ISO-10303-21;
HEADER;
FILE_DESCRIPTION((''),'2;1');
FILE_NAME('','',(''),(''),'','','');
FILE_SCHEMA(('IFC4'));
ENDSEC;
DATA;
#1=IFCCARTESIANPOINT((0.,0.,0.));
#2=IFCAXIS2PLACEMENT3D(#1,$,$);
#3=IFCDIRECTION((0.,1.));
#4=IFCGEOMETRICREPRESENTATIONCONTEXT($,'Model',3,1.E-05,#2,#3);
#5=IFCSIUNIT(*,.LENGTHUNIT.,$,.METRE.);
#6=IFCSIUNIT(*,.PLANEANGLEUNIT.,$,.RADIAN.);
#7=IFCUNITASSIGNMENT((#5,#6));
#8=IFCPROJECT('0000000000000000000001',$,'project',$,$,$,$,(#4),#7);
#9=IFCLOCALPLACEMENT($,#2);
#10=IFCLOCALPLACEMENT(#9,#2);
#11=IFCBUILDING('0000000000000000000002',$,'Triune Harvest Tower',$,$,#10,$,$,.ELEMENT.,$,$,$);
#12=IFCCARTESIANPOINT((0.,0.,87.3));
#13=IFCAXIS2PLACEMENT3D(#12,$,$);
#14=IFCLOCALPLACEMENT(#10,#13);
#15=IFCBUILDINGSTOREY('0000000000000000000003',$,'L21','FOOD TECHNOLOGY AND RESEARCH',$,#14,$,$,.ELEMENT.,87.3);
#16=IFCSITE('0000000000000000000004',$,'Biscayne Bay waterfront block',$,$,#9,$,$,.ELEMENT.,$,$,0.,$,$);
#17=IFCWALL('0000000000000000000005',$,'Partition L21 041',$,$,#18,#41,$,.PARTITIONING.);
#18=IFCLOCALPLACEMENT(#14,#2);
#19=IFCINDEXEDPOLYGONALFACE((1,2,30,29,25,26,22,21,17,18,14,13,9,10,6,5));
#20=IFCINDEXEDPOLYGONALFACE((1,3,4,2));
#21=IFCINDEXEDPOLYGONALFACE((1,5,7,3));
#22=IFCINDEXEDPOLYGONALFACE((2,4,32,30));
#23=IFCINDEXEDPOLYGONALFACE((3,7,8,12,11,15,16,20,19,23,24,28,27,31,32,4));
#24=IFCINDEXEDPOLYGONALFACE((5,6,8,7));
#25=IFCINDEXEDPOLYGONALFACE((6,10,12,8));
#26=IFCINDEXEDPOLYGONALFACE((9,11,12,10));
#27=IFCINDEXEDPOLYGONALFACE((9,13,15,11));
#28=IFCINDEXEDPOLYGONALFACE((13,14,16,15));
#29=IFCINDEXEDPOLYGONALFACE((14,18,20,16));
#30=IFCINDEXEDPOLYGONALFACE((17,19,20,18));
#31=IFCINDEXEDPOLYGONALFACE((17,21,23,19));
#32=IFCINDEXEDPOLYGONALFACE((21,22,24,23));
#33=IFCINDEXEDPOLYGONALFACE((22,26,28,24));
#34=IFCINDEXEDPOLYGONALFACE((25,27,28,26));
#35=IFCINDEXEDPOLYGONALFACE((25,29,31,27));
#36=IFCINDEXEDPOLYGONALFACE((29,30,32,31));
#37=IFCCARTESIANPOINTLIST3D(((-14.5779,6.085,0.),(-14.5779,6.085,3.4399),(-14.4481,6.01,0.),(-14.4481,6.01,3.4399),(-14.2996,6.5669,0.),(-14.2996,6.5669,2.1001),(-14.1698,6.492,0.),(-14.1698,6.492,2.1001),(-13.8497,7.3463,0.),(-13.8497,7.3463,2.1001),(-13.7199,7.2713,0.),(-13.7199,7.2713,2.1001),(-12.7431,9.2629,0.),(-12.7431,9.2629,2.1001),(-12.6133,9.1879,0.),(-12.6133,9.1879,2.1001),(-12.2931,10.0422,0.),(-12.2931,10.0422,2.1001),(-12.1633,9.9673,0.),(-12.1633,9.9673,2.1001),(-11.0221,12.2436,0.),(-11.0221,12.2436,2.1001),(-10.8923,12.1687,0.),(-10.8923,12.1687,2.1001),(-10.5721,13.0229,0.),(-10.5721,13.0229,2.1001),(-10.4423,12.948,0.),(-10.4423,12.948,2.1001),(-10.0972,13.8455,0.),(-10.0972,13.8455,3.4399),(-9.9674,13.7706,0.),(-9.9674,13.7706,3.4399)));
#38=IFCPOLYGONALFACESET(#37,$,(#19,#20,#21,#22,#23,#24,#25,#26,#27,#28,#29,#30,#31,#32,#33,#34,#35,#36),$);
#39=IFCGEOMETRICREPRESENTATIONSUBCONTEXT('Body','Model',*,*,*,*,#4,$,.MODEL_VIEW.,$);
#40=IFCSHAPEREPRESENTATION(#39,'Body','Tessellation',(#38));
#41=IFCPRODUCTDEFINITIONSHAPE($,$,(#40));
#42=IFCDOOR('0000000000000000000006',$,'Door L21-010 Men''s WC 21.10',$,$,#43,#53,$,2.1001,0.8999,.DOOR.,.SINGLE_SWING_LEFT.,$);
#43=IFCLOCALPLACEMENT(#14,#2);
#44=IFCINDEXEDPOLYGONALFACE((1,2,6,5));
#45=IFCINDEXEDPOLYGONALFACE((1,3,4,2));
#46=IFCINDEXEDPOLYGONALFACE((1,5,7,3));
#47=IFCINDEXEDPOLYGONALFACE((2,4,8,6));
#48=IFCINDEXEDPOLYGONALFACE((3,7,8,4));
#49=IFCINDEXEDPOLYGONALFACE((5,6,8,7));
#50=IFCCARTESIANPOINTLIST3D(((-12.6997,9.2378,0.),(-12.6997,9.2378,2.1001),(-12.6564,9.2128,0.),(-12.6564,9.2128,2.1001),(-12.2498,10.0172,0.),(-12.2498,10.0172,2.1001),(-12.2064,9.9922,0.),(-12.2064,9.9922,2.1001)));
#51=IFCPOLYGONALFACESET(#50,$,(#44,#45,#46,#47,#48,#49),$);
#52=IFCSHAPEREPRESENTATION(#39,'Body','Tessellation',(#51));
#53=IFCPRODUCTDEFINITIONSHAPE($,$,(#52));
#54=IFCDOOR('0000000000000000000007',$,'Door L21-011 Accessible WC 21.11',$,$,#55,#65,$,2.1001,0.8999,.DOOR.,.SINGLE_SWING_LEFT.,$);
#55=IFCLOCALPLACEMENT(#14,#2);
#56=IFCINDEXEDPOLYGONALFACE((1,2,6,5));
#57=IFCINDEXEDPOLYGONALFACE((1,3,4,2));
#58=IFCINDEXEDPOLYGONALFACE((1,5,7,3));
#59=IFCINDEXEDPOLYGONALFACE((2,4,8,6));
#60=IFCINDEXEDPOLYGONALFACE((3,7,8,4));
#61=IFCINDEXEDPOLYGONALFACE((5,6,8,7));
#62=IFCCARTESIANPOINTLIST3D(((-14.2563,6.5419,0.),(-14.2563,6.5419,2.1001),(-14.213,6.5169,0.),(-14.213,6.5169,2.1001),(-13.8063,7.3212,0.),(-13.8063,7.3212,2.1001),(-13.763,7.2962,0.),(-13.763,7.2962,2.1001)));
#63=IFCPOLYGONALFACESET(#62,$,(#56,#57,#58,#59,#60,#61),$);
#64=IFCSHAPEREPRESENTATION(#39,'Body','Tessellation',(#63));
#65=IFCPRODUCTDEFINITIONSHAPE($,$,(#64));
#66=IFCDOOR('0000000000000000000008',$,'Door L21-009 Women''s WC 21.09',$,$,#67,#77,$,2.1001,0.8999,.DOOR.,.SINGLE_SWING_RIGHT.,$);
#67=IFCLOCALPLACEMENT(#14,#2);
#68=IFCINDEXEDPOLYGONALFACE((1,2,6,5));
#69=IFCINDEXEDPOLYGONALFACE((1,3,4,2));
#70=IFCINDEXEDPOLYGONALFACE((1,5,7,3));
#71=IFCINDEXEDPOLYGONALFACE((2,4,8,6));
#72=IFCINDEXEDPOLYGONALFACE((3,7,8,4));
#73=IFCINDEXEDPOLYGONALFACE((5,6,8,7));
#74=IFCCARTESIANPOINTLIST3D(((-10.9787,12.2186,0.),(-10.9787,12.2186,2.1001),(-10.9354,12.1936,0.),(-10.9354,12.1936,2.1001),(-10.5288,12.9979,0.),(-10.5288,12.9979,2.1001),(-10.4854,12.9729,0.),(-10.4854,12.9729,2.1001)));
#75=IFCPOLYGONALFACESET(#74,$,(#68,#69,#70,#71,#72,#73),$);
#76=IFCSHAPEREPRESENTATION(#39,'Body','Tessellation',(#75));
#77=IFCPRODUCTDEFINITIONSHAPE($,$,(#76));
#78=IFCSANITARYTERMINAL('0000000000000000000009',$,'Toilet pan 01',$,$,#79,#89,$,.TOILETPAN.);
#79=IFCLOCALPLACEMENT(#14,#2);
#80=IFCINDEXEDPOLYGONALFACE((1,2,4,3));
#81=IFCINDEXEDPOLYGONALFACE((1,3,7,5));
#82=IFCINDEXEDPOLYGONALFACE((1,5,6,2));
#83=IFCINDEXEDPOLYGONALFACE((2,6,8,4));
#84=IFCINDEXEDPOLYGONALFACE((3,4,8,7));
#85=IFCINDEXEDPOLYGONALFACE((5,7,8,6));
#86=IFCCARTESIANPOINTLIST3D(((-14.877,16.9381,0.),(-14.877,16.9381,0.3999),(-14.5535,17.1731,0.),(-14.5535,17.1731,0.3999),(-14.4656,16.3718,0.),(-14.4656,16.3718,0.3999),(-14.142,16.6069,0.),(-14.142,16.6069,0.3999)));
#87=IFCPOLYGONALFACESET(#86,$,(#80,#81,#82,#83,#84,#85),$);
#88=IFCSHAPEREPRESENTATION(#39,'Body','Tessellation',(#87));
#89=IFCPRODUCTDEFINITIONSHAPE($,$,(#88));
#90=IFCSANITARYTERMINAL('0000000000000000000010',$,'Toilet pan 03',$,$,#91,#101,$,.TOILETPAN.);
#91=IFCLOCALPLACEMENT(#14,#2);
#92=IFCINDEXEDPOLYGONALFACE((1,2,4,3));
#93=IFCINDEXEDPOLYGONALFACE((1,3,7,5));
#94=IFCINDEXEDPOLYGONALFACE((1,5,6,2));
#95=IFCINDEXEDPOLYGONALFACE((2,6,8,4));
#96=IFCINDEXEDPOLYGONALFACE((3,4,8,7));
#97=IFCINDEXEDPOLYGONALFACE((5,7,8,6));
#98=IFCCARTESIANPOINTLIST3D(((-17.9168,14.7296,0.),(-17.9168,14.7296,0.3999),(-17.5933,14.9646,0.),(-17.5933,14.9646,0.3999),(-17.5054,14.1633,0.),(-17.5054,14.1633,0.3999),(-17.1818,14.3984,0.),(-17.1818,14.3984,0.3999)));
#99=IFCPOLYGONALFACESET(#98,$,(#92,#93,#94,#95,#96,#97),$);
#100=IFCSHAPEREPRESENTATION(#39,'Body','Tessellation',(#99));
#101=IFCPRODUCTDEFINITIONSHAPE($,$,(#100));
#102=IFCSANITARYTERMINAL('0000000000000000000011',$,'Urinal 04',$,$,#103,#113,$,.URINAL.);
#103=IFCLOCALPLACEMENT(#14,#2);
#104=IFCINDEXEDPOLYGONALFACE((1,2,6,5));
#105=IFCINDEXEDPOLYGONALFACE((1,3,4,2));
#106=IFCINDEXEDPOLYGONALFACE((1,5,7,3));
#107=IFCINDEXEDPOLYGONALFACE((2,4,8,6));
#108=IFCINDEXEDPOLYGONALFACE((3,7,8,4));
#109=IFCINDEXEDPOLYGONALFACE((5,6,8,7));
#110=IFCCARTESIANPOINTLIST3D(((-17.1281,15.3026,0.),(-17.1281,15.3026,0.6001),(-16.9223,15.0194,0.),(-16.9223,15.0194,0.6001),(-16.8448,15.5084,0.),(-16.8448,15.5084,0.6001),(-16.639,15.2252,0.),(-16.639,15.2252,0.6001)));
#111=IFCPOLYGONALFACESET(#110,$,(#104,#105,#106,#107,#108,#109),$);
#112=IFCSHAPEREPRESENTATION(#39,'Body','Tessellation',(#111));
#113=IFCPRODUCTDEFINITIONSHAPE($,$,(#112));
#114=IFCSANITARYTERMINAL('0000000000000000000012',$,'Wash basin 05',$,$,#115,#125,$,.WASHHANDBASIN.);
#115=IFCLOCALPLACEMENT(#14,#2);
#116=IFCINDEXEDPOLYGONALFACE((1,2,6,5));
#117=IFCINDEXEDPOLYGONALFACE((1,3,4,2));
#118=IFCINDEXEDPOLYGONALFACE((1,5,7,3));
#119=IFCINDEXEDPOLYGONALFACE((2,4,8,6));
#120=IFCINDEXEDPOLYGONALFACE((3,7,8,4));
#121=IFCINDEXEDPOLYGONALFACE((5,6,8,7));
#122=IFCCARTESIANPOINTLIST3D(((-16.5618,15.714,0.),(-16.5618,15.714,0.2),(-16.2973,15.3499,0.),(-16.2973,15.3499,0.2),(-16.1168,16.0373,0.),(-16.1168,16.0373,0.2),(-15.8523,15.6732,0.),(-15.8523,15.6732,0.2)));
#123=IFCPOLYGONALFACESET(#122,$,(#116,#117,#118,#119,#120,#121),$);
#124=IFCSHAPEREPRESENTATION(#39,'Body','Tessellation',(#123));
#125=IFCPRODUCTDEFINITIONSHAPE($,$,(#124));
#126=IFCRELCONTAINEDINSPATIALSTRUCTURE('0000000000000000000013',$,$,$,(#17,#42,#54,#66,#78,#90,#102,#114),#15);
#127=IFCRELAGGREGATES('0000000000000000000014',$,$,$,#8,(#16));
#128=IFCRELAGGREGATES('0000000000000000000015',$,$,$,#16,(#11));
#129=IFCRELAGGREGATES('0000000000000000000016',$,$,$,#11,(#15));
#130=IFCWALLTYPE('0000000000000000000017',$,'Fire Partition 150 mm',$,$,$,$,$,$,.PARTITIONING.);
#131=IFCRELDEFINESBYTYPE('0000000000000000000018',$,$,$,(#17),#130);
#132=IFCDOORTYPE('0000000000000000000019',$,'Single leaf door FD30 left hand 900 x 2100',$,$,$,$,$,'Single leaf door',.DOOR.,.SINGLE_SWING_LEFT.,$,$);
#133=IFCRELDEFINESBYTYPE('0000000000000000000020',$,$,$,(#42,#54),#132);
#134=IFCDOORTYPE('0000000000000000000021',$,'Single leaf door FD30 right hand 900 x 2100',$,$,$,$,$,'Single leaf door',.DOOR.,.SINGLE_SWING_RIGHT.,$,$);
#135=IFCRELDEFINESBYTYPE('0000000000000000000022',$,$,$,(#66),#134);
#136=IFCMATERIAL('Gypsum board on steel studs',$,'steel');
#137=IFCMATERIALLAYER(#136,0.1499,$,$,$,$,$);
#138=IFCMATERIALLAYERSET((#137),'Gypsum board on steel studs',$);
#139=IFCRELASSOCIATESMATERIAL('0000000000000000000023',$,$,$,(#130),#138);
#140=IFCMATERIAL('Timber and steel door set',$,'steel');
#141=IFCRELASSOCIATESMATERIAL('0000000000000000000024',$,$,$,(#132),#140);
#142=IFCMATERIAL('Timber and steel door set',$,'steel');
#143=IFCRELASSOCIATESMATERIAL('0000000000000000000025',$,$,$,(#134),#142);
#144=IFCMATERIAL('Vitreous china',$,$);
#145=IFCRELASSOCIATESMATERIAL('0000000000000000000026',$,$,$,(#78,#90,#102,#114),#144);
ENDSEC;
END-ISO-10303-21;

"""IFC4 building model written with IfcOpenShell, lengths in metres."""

from ifc_helpers import new_model, si_unit, direction, frame, frame_2d, origin, origin_2d, place, context, subcontext, project, spatial, rectangle, extrude, source, transform, mapped, material, layer, layer_set, type_object, element, fill, save


model = new_model("IFC4")

# Units and contexts
model_context = context("Model", 3, precision=1e-05, world=origin(), true_north=direction((0.0, 1.0)))
body_context = subcontext(model_context, "Body", "Model", "MODEL_VIEW")
ifc_project = project(units=[si_unit("LENGTHUNIT", "METRE"), si_unit("PLANEANGLEUNIT", "RADIAN")], contexts=[model_context])

# Site, building, storey
site_placement = place(None, origin())
site = spatial("IfcSite", under=ifc_project, at=site_placement, Name="Biscayne Bay waterfront block", CompositionType="ELEMENT", RefElevation=0.0)
building_placement = place(site_placement, origin())
building = spatial("IfcBuilding", under=site, at=building_placement, Name="Triune Harvest Tower", CompositionType="ELEMENT")
storey_placement = place(building_placement, frame((0.0, 0.0, 87.3)))
storey = spatial("IfcBuildingStorey", under=building, at=storey_placement, Name="L21", Description="FOOD TECHNOLOGY AND RESEARCH", CompositionType="ELEMENT", Elevation=87.3)

# Shared definitions
ifc_material_1 = material(Name="Gypsum board on steel studs", Category="steel")
ifc_layer = layer(ifc_material_1, 0.1499)
ifc_layer_set = layer_set([ifc_layer], Name="Gypsum board on steel studs")
wall_type = type_object("IfcWallType", Name="Fire Partition 150 mm", PredefinedType="PARTITIONING", material=ifc_layer_set)

# Shared definitions
ifc_material_2 = material(Name="Timber and steel door set", Category="steel")
door_type_1 = type_object("IfcDoorType", Name="Single leaf door FD30 left hand 900 x 2100", ElementType="Single leaf door", OperationType="SINGLE_SWING_LEFT", PredefinedType="DOOR", material=ifc_material_2)

# Wall, openings, doors
wall_1_placement = place(storey_placement, frame((-14.5129, 6.0476, 0.0), z_axis=(0.0, 0.0, 1.0), x_axis=(0.500016, 0.866016, 0.0)))
wall_1 = element("IfcWall", 1, at=wall_1_placement, inside=storey, type_object=wall_type, Name="Partition L21 041", PredefinedType="PARTITIONING", context=body_context, shape_type="SweptSolid", body=[
    extrude(rectangle(XDim=8.9612, YDim=0.1499, at=frame_2d((4.4805, 0.0))), origin(), (0.0, 0.0, 1.0), 3.4399),
])
opening_1_placement = place(wall_1_placement, frame((7.1113, 0.0, 0.0)))
opening_1 = element("IfcOpeningElement", 2, at=opening_1_placement, cuts=wall_1, PredefinedType="OPENING", context=body_context, shape_type="SweptSolid", body=[
    extrude(rectangle(XDim=0.8999, YDim=2.1001, at=frame_2d((0.45, 1.05))), frame((0.0, 0.085, 0.0), z_axis=(0.0, -1.0, 0.0), x_axis=(1.0, 0.0, 0.0)), (0.0, 0.0, 1.0), 0.1699),
])
opening_2_placement = place(wall_1_placement, frame((3.6694, 0.0, 0.0)))
opening_2 = element("IfcOpeningElement", 3, at=opening_2_placement, cuts=wall_1, PredefinedType="OPENING", context=body_context, shape_type="SweptSolid", body=[
    extrude(rectangle(XDim=0.8999, YDim=2.1001, at=frame_2d((0.45, 1.05))), frame((0.0, 0.085, 0.0), z_axis=(0.0, -1.0, 0.0), x_axis=(1.0, 0.0, 0.0)), (0.0, 0.0, 1.0), 0.1699),
])
opening_3_placement = place(wall_1_placement, frame((0.5564, 0.0, 0.0)))
opening_3 = element("IfcOpeningElement", 4, at=opening_3_placement, cuts=wall_1, PredefinedType="OPENING", context=body_context, shape_type="SweptSolid", body=[
    extrude(rectangle(XDim=0.8999, YDim=2.1001, at=frame_2d((0.45, 1.05))), frame((0.0, 0.085, 0.0), z_axis=(0.0, -1.0, 0.0), x_axis=(1.0, 0.0, 0.0)), (0.0, 0.0, 1.0), 0.1699),
])
door_1_placement = place(opening_2_placement, origin())
door_1 = element("IfcDoor", 5, at=door_1_placement, inside=storey, type_object=door_type_1, Name="Door L21-010 Men's WC 21.10", OperationType="SINGLE_SWING_LEFT", OverallHeight=2.1001, OverallWidth=0.8999, PredefinedType="DOOR", context=body_context, shape_type="SweptSolid", body=[
    extrude(rectangle(XDim=0.8999, YDim=2.1001, at=frame_2d((0.45, 1.05))), frame((0.0, 0.0249, 0.0), z_axis=(0.0, -1.0, 0.0), x_axis=(1.0, 0.0, 0.0)), (0.0, 0.0, 1.0), 0.05),
])
fill(opening_2, door_1)
door_2_placement = place(opening_3_placement, origin())
door_2 = element("IfcDoor", 6, at=door_2_placement, inside=storey, type_object=door_type_1, Name="Door L21-011 Accessible WC 21.11", OperationType="SINGLE_SWING_LEFT", OverallHeight=2.1001, OverallWidth=0.8999, PredefinedType="DOOR", context=body_context, shape_type="SweptSolid", body=[
    extrude(rectangle(XDim=0.8999, YDim=2.1001, at=frame_2d((0.45, 1.05))), frame((0.0, 0.0249, 0.0), z_axis=(0.0, -1.0, 0.0), x_axis=(1.0, 0.0, 0.0)), (0.0, 0.0, 1.0), 0.05),
])
fill(opening_3, door_2)
ifc_material_3 = material(Name="Timber and steel door set", Category="steel")
door_type_2 = type_object("IfcDoorType", Name="Single leaf door FD30 right hand 900 x 2100", ElementType="Single leaf door", OperationType="SINGLE_SWING_RIGHT", PredefinedType="DOOR", material=ifc_material_3)
door_3_placement = place(opening_1_placement, origin())
door_3 = element("IfcDoor", 7, at=door_3_placement, inside=storey, type_object=door_type_2, Name="Door L21-009 Women's WC 21.09", OperationType="SINGLE_SWING_RIGHT", OverallHeight=2.1001, OverallWidth=0.8999, PredefinedType="DOOR", context=body_context, shape_type="SweptSolid", body=[
    extrude(rectangle(XDim=0.8999, YDim=2.1001, at=frame_2d((0.45, 1.05))), frame((0.0, 0.0249, 0.0), z_axis=(0.0, -1.0, 0.0), x_axis=(1.0, 0.0, 0.0)), (0.0, 0.0, 1.0), 0.05),
])
fill(opening_1, door_3)

# Sanitary terminals
ifc_material_4 = material(Name="Vitreous china")
shared_shape_1 = source(origin(), body_context, "Body", "SweptSolid", [
    extrude(rectangle(XDim=0.3999, YDim=0.7, at=origin_2d()), origin(), (0.0, 0.0, 1.0), 0.3999),
])
for number, where, z_axis, x_axis, name in (
    (8, (-14.5095, 16.7725, 0.0), (0.0, 0.0, 1.0), (0.809007, 0.587799, 0.0), "Toilet pan 01"),
    (9, (-17.5493, 14.564, 0.0), (0.0, 0.0, 1.0), (0.809027, 0.587771, 0.0), "Toilet pan 03"),
):
    element("IfcSanitaryTerminal", number, at=place(storey_placement, frame(where, z_axis=z_axis, x_axis=x_axis)), inside=storey, material=ifc_material_4, Name=name, PredefinedType="TOILETPAN", context=body_context, shape_type="MappedRepresentation", body=[
        mapped(shared_shape_1, transform((0.0, 0.0, 0.0), scale=1.0)),
    ])
shared_shape_2 = source(origin(), body_context, "Body", "SweptSolid", [
    extrude(rectangle(XDim=0.3501, YDim=0.3501, at=origin_2d()), origin(), (0.0, 0.0, 1.0), 0.6001),
])
sanitary_terminal_1_placement = place(storey_placement, frame((-16.8835, 15.2639, 0.0), z_axis=(0.0, 0.0, 1.0), x_axis=(0.809027, 0.587771, 0.0)))
element("IfcSanitaryTerminal", 10, at=sanitary_terminal_1_placement, inside=storey, material=ifc_material_4, Name="Urinal 04", PredefinedType="URINAL", context=body_context, shape_type="MappedRepresentation", body=[
    mapped(shared_shape_2, transform((0.0, 0.0, 0.0), scale=1.0)),
])
shared_shape_3 = source(origin(), body_context, "Body", "SweptSolid", [
    extrude(rectangle(XDim=0.55, YDim=0.45, at=origin_2d()), origin(), (0.0, 0.0, 1.0), 0.2),
])
sanitary_terminal_2_placement = place(storey_placement, frame((-16.207, 15.6936, 0.0), z_axis=(0.0, 0.0, 1.0), x_axis=(0.809027, 0.587771, 0.0)))
element("IfcSanitaryTerminal", 11, at=sanitary_terminal_2_placement, inside=storey, material=ifc_material_4, Name="Wash basin 05", PredefinedType="WASHHANDBASIN", context=body_context, shape_type="MappedRepresentation", body=[
    mapped(shared_shape_3, transform((0.0, 0.0, 0.0), scale=1.0)),
])

save(model, "model.ifc")
